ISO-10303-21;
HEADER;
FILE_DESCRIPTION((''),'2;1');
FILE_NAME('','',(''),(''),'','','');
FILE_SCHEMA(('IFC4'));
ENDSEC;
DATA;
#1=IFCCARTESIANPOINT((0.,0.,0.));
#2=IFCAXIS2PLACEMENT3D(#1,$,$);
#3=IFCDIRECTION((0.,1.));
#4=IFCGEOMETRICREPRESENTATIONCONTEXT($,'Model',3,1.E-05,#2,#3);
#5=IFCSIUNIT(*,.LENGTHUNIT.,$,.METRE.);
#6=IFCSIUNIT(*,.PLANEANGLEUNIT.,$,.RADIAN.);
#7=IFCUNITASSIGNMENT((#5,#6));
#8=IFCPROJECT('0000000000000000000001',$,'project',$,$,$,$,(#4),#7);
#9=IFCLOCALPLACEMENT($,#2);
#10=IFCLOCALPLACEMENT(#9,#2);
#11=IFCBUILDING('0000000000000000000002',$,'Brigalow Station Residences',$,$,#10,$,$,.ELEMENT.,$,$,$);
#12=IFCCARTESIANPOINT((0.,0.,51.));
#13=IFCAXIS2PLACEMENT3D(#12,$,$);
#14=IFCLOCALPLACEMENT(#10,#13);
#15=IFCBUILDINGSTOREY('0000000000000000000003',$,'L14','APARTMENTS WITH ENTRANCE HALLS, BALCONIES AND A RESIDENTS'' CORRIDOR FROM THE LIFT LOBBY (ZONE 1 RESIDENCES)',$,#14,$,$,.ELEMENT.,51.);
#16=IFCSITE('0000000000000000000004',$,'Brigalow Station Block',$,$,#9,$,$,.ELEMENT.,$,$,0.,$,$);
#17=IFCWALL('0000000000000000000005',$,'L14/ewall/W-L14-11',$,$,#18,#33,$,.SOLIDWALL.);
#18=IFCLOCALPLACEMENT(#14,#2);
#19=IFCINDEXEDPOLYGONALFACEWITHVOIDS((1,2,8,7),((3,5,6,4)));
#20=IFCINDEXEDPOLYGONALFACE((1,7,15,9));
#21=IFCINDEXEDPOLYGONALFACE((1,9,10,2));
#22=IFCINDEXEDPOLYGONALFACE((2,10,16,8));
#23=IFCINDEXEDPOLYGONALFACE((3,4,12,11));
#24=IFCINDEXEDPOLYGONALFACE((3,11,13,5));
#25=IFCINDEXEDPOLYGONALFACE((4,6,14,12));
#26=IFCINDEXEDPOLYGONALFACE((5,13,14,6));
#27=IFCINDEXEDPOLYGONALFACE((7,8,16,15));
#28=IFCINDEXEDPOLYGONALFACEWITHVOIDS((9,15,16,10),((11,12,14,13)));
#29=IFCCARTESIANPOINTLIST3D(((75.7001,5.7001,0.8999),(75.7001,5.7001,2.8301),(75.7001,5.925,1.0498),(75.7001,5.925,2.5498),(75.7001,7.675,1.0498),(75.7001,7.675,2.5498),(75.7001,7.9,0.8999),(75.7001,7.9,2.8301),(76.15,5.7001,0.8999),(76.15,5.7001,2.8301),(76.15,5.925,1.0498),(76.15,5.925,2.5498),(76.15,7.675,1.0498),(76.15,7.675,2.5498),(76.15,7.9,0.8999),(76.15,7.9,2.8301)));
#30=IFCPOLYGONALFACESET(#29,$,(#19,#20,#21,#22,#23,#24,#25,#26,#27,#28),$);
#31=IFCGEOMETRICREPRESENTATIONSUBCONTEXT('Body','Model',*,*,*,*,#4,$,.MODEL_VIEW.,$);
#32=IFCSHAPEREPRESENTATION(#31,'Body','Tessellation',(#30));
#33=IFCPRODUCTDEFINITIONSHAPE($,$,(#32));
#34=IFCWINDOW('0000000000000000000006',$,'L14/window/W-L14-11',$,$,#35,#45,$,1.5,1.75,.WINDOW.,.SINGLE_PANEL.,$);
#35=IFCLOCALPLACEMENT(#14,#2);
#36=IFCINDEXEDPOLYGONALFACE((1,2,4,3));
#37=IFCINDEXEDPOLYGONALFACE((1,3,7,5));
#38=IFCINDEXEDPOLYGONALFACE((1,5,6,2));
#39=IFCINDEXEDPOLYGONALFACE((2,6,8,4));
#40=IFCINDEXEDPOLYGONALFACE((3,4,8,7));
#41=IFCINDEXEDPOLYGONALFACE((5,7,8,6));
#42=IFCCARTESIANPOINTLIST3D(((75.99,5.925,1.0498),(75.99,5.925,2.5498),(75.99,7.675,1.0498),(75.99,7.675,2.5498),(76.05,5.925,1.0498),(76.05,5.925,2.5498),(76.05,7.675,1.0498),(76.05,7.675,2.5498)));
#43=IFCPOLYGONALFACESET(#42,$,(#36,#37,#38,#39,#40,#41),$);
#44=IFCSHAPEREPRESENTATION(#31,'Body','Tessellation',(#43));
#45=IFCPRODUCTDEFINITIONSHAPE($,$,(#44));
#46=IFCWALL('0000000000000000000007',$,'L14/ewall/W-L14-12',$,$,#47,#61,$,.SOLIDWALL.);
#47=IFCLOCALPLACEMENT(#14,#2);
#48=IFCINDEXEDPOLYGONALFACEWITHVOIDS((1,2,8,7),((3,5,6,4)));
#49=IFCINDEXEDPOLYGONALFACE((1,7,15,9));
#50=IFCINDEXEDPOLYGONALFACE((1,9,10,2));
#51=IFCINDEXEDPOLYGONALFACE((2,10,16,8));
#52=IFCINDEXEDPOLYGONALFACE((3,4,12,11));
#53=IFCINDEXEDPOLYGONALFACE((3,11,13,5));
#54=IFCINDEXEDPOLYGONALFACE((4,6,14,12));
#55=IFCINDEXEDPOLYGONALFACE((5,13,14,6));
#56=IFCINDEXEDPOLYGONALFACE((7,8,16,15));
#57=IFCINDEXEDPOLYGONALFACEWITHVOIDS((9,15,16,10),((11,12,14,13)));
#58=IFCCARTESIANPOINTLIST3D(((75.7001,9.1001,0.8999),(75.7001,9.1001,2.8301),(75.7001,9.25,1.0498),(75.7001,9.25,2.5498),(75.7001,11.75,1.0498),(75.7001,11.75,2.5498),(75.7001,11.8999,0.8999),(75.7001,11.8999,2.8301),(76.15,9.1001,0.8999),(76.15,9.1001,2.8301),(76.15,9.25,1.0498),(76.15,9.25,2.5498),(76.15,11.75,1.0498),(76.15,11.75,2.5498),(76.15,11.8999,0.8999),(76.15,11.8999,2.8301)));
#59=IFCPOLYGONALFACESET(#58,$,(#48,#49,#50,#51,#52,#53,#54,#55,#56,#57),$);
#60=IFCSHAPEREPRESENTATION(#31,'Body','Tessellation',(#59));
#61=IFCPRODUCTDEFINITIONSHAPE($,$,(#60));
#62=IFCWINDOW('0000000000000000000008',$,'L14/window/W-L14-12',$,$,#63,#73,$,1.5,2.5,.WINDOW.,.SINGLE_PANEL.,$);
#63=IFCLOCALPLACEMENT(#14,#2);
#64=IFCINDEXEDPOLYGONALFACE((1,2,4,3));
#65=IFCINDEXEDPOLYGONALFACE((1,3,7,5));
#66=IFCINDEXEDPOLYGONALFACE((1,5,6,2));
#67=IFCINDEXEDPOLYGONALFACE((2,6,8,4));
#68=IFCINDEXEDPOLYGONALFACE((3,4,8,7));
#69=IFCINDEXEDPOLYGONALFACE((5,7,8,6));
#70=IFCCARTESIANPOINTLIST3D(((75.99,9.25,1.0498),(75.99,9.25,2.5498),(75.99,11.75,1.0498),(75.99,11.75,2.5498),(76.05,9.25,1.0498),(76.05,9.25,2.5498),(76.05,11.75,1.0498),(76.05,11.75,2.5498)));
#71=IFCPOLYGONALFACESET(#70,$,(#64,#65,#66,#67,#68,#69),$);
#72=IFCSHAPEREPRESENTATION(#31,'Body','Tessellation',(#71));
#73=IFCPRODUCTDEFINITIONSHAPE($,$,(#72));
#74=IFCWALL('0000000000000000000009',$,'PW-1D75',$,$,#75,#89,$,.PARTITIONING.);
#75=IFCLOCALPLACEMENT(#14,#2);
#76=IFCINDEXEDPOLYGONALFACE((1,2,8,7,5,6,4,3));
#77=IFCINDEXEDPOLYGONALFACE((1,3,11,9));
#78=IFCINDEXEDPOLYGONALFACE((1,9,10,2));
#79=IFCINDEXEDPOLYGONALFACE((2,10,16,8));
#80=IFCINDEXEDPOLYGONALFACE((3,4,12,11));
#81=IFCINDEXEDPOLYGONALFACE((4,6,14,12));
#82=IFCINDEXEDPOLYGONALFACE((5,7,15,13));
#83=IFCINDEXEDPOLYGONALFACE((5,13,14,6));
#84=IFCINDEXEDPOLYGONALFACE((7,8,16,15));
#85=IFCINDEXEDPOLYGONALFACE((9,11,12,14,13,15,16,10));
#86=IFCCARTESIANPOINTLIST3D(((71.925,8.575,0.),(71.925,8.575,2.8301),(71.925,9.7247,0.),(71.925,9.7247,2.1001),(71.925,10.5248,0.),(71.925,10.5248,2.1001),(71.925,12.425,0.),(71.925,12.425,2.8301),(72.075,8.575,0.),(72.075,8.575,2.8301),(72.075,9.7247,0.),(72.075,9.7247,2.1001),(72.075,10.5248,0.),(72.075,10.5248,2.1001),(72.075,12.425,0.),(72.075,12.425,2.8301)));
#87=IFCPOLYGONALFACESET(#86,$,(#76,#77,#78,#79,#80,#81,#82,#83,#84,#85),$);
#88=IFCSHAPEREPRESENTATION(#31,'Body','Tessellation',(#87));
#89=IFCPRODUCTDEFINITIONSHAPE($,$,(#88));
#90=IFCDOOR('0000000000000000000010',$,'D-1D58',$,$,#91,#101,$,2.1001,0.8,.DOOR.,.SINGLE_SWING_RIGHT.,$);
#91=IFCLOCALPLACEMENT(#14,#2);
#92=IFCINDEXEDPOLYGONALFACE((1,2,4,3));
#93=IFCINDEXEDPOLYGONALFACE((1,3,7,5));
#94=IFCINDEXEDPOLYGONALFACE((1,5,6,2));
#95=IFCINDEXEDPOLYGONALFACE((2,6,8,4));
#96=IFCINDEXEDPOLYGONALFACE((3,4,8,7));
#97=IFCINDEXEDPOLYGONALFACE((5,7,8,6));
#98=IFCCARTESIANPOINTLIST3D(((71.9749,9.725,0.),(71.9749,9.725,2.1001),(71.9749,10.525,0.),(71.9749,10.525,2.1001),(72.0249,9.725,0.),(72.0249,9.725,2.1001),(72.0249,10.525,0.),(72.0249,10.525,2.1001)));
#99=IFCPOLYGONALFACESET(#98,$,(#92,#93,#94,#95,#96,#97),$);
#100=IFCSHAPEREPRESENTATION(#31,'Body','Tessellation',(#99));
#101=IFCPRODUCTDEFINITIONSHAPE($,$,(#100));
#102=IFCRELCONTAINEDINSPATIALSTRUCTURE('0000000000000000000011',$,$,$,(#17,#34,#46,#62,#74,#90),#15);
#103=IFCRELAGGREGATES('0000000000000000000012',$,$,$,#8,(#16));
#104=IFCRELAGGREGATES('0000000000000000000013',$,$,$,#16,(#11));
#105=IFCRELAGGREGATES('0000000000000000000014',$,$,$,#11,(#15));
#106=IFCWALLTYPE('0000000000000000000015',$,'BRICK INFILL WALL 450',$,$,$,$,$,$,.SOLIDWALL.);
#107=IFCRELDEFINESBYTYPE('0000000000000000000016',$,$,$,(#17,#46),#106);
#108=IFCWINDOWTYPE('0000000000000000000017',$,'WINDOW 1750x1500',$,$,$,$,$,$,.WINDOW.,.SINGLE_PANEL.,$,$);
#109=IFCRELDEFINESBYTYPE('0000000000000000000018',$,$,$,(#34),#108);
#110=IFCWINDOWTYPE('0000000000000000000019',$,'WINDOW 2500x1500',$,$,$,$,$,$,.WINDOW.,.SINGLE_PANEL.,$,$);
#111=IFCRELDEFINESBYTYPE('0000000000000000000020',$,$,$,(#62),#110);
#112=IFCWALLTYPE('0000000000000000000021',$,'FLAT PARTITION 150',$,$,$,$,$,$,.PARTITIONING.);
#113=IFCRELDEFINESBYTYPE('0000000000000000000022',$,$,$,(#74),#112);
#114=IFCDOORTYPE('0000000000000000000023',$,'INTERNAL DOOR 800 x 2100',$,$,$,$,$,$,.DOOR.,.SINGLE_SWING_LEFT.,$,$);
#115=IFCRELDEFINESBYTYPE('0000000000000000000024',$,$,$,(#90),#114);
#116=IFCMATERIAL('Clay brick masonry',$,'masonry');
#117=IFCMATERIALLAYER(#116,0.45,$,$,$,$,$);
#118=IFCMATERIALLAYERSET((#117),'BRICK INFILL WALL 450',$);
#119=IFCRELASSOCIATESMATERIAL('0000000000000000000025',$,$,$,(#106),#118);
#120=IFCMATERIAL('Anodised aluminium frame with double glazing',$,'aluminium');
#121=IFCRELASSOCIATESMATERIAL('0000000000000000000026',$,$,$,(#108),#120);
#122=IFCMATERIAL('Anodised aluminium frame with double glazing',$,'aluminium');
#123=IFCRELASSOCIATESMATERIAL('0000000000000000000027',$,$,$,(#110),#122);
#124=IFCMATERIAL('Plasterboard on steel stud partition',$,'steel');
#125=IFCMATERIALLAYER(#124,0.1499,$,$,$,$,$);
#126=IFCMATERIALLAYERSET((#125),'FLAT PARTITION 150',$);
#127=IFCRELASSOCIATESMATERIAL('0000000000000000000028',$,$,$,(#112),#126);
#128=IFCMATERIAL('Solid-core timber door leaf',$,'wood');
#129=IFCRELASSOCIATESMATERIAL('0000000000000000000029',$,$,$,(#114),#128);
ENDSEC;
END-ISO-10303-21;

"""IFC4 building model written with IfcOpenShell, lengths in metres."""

from ifc_helpers import new_model, si_unit, direction, frame, frame_2d, origin, place, context, subcontext, project, spatial, rectangle, extrude, material, layer, layer_set, type_object, element, fill, save


model = new_model("IFC4")

# Units and contexts
model_context = context("Model", 3, precision=1e-05, world=origin(), true_north=direction((0.0, 1.0)))
body_context = subcontext(model_context, "Body", "Model", "MODEL_VIEW")
ifc_project = project(units=[si_unit("LENGTHUNIT", "METRE"), si_unit("PLANEANGLEUNIT", "RADIAN")], contexts=[model_context])

# Site, building, storey
site_placement = place(None, origin())
site = spatial("IfcSite", under=ifc_project, at=site_placement, Name="Brigalow Station Block", CompositionType="ELEMENT", RefElevation=0.0)
building_placement = place(site_placement, origin())
building = spatial("IfcBuilding", under=site, at=building_placement, Name="Brigalow Station Residences", CompositionType="ELEMENT")
storey_placement = place(building_placement, frame((0.0, 0.0, 51.0)))
storey = spatial("IfcBuildingStorey", under=building, at=storey_placement, Name="L14", Description="APARTMENTS WITH ENTRANCE HALLS, BALCONIES AND A RESIDENTS' CORRIDOR FROM THE LIFT LOBBY (ZONE 1 RESIDENCES)", CompositionType="ELEMENT", Elevation=51.0)

# Walls, openings, windows
ifc_material_1 = material(Name="Clay brick masonry", Category="masonry")
ifc_layer_1 = layer(ifc_material_1, 0.45)
ifc_layer_set_1 = layer_set([ifc_layer_1], Name="BRICK INFILL WALL 450")
wall_type_1 = type_object("IfcWallType", Name="BRICK INFILL WALL 450", PredefinedType="SOLIDWALL", material=ifc_layer_set_1)
wall_1_placement = place(storey_placement, frame((75.925, 5.7, 0.8999), z_axis=(0.0, 0.0, 1.0), x_axis=(0.0, 1.0, 0.0)))
wall_1 = element("IfcWall", 1, at=wall_1_placement, inside=storey, type_object=wall_type_1, Name="L14/ewall/W-L14-11", PredefinedType="SOLIDWALL", context=body_context, shape_type="SweptSolid", body=[
    extrude(rectangle(XDim=2.2, YDim=0.45, at=frame_2d((1.1001, 0.0))), origin(), (0.0, 0.0, 1.0), 1.9302),
])
opening_1_placement = place(wall_1_placement, frame((0.2251, 0.0, 0.1499)))
opening_1 = element("IfcOpeningElement", 2, at=opening_1_placement, cuts=wall_1, PredefinedType="OPENING", context=body_context, shape_type="SweptSolid", body=[
    extrude(rectangle(XDim=1.75, YDim=1.5, at=frame_2d((0.875, 0.75))), frame((0.0, 0.2349, 0.0), z_axis=(0.0, -1.0, 0.0), x_axis=(1.0, 0.0, 0.0)), (0.0, 0.0, 1.0), 0.47),
])
ifc_material_2 = material(Name="Anodised aluminium frame with double glazing", Category="aluminium")
window_type_1 = type_object("IfcWindowType", Name="WINDOW 1750x1500", PartitioningType="SINGLE_PANEL", PredefinedType="WINDOW", material=ifc_material_2)
window_1_placement = place(opening_1_placement, origin())
window_1 = element("IfcWindow", 3, at=window_1_placement, inside=storey, type_object=window_type_1, Name="L14/window/W-L14-11", OverallHeight=1.5, OverallWidth=1.75, PartitioningType="SINGLE_PANEL", PredefinedType="WINDOW", context=body_context, shape_type="SweptSolid", body=[
    extrude(rectangle(XDim=1.75, YDim=1.5, at=frame_2d((0.875, 0.75))), frame((0.0, -0.0649, 0.0), z_axis=(0.0, -1.0, 0.0), x_axis=(1.0, 0.0, 0.0)), (0.0, 0.0, 1.0), 0.0601),
])
fill(opening_1, window_1)
wall_2_placement = place(storey_placement, frame((75.925, 9.1001, 0.8999), z_axis=(0.0, 0.0, 1.0), x_axis=(0.0, 1.0, 0.0)))
wall_2 = element("IfcWall", 4, at=wall_2_placement, inside=storey, type_object=wall_type_1, Name="L14/ewall/W-L14-12", PredefinedType="SOLIDWALL", context=body_context, shape_type="SweptSolid", body=[
    extrude(rectangle(XDim=2.7998, YDim=0.45, at=frame_2d((1.3999, 0.0))), origin(), (0.0, 0.0, 1.0), 1.9302),
])
opening_2_placement = place(wall_2_placement, frame((0.1499, 0.0, 0.1499)))
opening_2 = element("IfcOpeningElement", 5, at=opening_2_placement, cuts=wall_2, PredefinedType="OPENING", context=body_context, shape_type="SweptSolid", body=[
    extrude(rectangle(XDim=2.5, YDim=1.5, at=frame_2d((1.25, 0.75))), frame((0.0, 0.2349, 0.0), z_axis=(0.0, -1.0, 0.0), x_axis=(1.0, 0.0, 0.0)), (0.0, 0.0, 1.0), 0.47),
])
ifc_material_3 = material(Name="Anodised aluminium frame with double glazing", Category="aluminium")
window_type_2 = type_object("IfcWindowType", Name="WINDOW 2500x1500", PartitioningType="SINGLE_PANEL", PredefinedType="WINDOW", material=ifc_material_3)
window_2_placement = place(opening_2_placement, origin())
window_2 = element("IfcWindow", 6, at=window_2_placement, inside=storey, type_object=window_type_2, Name="L14/window/W-L14-12", OverallHeight=1.5, OverallWidth=2.5, PartitioningType="SINGLE_PANEL", PredefinedType="WINDOW", context=body_context, shape_type="SweptSolid", body=[
    extrude(rectangle(XDim=2.5, YDim=1.5, at=frame_2d((1.25, 0.75))), frame((0.0, -0.0649, 0.0), z_axis=(0.0, -1.0, 0.0), x_axis=(1.0, 0.0, 0.0)), (0.0, 0.0, 1.0), 0.0601),
])
fill(opening_2, window_2)

# Wall, opening, door
ifc_material_4 = material(Name="Plasterboard on steel stud partition", Category="steel")
ifc_layer_2 = layer(ifc_material_4, 0.1499)
ifc_layer_set_2 = layer_set([ifc_layer_2], Name="FLAT PARTITION 150")
wall_type_2 = type_object("IfcWallType", Name="FLAT PARTITION 150", PredefinedType="PARTITIONING", material=ifc_layer_set_2)
wall_3_placement = place(storey_placement, frame((72.0, 8.575, 0.0), z_axis=(0.0, 0.0, 1.0), x_axis=(0.0, 1.0, 0.0)))
wall_3 = element("IfcWall", 7, at=wall_3_placement, inside=storey, type_object=wall_type_2, Name="PW-1D75", PredefinedType="PARTITIONING", context=body_context, shape_type="SweptSolid", body=[
    extrude(rectangle(XDim=3.8501, YDim=0.1499, at=frame_2d((1.925, 0.0))), origin(), (0.0, 0.0, 1.0), 2.8301),
])
opening_3_placement = place(wall_3_placement, frame((1.1499, 0.0, 0.0)))
opening_3 = element("IfcOpeningElement", 8, at=opening_3_placement, cuts=wall_3, PredefinedType="OPENING", context=body_context, shape_type="SweptSolid", body=[
    extrude(rectangle(XDim=0.8, YDim=2.1001, at=frame_2d((0.3999, 1.05))), frame((0.0, 0.085, 0.0), z_axis=(0.0, -1.0, 0.0), x_axis=(1.0, 0.0, 0.0)), (0.0, 0.0, 1.0), 0.1699),
])
ifc_material_5 = material(Name="Solid-core timber door leaf", Category="wood")
door_type = type_object("IfcDoorType", Name="INTERNAL DOOR 800 x 2100", OperationType="SINGLE_SWING_LEFT", PredefinedType="DOOR", material=ifc_material_5)
door_placement = place(opening_3_placement, frame((0.8, 0.0, 0.0), z_axis=(0.0, 0.0, 1.0), x_axis=(-1.0, 0.0, 0.0)))
door = element("IfcDoor", 9, at=door_placement, inside=storey, type_object=door_type, Name="D-1D58", OperationType="SINGLE_SWING_RIGHT", OverallHeight=2.1001, OverallWidth=0.8, PredefinedType="DOOR", context=body_context, shape_type="SweptSolid", body=[
    extrude(rectangle(XDim=0.8, YDim=2.1001, at=frame_2d((0.3999, 1.05))), frame((0.0, 0.0249, 0.0), z_axis=(0.0, -1.0, 0.0), x_axis=(1.0, 0.0, 0.0)), (0.0, 0.0, 1.0), 0.05),
])
fill(opening_3, door)

save(model, "model.ifc")
